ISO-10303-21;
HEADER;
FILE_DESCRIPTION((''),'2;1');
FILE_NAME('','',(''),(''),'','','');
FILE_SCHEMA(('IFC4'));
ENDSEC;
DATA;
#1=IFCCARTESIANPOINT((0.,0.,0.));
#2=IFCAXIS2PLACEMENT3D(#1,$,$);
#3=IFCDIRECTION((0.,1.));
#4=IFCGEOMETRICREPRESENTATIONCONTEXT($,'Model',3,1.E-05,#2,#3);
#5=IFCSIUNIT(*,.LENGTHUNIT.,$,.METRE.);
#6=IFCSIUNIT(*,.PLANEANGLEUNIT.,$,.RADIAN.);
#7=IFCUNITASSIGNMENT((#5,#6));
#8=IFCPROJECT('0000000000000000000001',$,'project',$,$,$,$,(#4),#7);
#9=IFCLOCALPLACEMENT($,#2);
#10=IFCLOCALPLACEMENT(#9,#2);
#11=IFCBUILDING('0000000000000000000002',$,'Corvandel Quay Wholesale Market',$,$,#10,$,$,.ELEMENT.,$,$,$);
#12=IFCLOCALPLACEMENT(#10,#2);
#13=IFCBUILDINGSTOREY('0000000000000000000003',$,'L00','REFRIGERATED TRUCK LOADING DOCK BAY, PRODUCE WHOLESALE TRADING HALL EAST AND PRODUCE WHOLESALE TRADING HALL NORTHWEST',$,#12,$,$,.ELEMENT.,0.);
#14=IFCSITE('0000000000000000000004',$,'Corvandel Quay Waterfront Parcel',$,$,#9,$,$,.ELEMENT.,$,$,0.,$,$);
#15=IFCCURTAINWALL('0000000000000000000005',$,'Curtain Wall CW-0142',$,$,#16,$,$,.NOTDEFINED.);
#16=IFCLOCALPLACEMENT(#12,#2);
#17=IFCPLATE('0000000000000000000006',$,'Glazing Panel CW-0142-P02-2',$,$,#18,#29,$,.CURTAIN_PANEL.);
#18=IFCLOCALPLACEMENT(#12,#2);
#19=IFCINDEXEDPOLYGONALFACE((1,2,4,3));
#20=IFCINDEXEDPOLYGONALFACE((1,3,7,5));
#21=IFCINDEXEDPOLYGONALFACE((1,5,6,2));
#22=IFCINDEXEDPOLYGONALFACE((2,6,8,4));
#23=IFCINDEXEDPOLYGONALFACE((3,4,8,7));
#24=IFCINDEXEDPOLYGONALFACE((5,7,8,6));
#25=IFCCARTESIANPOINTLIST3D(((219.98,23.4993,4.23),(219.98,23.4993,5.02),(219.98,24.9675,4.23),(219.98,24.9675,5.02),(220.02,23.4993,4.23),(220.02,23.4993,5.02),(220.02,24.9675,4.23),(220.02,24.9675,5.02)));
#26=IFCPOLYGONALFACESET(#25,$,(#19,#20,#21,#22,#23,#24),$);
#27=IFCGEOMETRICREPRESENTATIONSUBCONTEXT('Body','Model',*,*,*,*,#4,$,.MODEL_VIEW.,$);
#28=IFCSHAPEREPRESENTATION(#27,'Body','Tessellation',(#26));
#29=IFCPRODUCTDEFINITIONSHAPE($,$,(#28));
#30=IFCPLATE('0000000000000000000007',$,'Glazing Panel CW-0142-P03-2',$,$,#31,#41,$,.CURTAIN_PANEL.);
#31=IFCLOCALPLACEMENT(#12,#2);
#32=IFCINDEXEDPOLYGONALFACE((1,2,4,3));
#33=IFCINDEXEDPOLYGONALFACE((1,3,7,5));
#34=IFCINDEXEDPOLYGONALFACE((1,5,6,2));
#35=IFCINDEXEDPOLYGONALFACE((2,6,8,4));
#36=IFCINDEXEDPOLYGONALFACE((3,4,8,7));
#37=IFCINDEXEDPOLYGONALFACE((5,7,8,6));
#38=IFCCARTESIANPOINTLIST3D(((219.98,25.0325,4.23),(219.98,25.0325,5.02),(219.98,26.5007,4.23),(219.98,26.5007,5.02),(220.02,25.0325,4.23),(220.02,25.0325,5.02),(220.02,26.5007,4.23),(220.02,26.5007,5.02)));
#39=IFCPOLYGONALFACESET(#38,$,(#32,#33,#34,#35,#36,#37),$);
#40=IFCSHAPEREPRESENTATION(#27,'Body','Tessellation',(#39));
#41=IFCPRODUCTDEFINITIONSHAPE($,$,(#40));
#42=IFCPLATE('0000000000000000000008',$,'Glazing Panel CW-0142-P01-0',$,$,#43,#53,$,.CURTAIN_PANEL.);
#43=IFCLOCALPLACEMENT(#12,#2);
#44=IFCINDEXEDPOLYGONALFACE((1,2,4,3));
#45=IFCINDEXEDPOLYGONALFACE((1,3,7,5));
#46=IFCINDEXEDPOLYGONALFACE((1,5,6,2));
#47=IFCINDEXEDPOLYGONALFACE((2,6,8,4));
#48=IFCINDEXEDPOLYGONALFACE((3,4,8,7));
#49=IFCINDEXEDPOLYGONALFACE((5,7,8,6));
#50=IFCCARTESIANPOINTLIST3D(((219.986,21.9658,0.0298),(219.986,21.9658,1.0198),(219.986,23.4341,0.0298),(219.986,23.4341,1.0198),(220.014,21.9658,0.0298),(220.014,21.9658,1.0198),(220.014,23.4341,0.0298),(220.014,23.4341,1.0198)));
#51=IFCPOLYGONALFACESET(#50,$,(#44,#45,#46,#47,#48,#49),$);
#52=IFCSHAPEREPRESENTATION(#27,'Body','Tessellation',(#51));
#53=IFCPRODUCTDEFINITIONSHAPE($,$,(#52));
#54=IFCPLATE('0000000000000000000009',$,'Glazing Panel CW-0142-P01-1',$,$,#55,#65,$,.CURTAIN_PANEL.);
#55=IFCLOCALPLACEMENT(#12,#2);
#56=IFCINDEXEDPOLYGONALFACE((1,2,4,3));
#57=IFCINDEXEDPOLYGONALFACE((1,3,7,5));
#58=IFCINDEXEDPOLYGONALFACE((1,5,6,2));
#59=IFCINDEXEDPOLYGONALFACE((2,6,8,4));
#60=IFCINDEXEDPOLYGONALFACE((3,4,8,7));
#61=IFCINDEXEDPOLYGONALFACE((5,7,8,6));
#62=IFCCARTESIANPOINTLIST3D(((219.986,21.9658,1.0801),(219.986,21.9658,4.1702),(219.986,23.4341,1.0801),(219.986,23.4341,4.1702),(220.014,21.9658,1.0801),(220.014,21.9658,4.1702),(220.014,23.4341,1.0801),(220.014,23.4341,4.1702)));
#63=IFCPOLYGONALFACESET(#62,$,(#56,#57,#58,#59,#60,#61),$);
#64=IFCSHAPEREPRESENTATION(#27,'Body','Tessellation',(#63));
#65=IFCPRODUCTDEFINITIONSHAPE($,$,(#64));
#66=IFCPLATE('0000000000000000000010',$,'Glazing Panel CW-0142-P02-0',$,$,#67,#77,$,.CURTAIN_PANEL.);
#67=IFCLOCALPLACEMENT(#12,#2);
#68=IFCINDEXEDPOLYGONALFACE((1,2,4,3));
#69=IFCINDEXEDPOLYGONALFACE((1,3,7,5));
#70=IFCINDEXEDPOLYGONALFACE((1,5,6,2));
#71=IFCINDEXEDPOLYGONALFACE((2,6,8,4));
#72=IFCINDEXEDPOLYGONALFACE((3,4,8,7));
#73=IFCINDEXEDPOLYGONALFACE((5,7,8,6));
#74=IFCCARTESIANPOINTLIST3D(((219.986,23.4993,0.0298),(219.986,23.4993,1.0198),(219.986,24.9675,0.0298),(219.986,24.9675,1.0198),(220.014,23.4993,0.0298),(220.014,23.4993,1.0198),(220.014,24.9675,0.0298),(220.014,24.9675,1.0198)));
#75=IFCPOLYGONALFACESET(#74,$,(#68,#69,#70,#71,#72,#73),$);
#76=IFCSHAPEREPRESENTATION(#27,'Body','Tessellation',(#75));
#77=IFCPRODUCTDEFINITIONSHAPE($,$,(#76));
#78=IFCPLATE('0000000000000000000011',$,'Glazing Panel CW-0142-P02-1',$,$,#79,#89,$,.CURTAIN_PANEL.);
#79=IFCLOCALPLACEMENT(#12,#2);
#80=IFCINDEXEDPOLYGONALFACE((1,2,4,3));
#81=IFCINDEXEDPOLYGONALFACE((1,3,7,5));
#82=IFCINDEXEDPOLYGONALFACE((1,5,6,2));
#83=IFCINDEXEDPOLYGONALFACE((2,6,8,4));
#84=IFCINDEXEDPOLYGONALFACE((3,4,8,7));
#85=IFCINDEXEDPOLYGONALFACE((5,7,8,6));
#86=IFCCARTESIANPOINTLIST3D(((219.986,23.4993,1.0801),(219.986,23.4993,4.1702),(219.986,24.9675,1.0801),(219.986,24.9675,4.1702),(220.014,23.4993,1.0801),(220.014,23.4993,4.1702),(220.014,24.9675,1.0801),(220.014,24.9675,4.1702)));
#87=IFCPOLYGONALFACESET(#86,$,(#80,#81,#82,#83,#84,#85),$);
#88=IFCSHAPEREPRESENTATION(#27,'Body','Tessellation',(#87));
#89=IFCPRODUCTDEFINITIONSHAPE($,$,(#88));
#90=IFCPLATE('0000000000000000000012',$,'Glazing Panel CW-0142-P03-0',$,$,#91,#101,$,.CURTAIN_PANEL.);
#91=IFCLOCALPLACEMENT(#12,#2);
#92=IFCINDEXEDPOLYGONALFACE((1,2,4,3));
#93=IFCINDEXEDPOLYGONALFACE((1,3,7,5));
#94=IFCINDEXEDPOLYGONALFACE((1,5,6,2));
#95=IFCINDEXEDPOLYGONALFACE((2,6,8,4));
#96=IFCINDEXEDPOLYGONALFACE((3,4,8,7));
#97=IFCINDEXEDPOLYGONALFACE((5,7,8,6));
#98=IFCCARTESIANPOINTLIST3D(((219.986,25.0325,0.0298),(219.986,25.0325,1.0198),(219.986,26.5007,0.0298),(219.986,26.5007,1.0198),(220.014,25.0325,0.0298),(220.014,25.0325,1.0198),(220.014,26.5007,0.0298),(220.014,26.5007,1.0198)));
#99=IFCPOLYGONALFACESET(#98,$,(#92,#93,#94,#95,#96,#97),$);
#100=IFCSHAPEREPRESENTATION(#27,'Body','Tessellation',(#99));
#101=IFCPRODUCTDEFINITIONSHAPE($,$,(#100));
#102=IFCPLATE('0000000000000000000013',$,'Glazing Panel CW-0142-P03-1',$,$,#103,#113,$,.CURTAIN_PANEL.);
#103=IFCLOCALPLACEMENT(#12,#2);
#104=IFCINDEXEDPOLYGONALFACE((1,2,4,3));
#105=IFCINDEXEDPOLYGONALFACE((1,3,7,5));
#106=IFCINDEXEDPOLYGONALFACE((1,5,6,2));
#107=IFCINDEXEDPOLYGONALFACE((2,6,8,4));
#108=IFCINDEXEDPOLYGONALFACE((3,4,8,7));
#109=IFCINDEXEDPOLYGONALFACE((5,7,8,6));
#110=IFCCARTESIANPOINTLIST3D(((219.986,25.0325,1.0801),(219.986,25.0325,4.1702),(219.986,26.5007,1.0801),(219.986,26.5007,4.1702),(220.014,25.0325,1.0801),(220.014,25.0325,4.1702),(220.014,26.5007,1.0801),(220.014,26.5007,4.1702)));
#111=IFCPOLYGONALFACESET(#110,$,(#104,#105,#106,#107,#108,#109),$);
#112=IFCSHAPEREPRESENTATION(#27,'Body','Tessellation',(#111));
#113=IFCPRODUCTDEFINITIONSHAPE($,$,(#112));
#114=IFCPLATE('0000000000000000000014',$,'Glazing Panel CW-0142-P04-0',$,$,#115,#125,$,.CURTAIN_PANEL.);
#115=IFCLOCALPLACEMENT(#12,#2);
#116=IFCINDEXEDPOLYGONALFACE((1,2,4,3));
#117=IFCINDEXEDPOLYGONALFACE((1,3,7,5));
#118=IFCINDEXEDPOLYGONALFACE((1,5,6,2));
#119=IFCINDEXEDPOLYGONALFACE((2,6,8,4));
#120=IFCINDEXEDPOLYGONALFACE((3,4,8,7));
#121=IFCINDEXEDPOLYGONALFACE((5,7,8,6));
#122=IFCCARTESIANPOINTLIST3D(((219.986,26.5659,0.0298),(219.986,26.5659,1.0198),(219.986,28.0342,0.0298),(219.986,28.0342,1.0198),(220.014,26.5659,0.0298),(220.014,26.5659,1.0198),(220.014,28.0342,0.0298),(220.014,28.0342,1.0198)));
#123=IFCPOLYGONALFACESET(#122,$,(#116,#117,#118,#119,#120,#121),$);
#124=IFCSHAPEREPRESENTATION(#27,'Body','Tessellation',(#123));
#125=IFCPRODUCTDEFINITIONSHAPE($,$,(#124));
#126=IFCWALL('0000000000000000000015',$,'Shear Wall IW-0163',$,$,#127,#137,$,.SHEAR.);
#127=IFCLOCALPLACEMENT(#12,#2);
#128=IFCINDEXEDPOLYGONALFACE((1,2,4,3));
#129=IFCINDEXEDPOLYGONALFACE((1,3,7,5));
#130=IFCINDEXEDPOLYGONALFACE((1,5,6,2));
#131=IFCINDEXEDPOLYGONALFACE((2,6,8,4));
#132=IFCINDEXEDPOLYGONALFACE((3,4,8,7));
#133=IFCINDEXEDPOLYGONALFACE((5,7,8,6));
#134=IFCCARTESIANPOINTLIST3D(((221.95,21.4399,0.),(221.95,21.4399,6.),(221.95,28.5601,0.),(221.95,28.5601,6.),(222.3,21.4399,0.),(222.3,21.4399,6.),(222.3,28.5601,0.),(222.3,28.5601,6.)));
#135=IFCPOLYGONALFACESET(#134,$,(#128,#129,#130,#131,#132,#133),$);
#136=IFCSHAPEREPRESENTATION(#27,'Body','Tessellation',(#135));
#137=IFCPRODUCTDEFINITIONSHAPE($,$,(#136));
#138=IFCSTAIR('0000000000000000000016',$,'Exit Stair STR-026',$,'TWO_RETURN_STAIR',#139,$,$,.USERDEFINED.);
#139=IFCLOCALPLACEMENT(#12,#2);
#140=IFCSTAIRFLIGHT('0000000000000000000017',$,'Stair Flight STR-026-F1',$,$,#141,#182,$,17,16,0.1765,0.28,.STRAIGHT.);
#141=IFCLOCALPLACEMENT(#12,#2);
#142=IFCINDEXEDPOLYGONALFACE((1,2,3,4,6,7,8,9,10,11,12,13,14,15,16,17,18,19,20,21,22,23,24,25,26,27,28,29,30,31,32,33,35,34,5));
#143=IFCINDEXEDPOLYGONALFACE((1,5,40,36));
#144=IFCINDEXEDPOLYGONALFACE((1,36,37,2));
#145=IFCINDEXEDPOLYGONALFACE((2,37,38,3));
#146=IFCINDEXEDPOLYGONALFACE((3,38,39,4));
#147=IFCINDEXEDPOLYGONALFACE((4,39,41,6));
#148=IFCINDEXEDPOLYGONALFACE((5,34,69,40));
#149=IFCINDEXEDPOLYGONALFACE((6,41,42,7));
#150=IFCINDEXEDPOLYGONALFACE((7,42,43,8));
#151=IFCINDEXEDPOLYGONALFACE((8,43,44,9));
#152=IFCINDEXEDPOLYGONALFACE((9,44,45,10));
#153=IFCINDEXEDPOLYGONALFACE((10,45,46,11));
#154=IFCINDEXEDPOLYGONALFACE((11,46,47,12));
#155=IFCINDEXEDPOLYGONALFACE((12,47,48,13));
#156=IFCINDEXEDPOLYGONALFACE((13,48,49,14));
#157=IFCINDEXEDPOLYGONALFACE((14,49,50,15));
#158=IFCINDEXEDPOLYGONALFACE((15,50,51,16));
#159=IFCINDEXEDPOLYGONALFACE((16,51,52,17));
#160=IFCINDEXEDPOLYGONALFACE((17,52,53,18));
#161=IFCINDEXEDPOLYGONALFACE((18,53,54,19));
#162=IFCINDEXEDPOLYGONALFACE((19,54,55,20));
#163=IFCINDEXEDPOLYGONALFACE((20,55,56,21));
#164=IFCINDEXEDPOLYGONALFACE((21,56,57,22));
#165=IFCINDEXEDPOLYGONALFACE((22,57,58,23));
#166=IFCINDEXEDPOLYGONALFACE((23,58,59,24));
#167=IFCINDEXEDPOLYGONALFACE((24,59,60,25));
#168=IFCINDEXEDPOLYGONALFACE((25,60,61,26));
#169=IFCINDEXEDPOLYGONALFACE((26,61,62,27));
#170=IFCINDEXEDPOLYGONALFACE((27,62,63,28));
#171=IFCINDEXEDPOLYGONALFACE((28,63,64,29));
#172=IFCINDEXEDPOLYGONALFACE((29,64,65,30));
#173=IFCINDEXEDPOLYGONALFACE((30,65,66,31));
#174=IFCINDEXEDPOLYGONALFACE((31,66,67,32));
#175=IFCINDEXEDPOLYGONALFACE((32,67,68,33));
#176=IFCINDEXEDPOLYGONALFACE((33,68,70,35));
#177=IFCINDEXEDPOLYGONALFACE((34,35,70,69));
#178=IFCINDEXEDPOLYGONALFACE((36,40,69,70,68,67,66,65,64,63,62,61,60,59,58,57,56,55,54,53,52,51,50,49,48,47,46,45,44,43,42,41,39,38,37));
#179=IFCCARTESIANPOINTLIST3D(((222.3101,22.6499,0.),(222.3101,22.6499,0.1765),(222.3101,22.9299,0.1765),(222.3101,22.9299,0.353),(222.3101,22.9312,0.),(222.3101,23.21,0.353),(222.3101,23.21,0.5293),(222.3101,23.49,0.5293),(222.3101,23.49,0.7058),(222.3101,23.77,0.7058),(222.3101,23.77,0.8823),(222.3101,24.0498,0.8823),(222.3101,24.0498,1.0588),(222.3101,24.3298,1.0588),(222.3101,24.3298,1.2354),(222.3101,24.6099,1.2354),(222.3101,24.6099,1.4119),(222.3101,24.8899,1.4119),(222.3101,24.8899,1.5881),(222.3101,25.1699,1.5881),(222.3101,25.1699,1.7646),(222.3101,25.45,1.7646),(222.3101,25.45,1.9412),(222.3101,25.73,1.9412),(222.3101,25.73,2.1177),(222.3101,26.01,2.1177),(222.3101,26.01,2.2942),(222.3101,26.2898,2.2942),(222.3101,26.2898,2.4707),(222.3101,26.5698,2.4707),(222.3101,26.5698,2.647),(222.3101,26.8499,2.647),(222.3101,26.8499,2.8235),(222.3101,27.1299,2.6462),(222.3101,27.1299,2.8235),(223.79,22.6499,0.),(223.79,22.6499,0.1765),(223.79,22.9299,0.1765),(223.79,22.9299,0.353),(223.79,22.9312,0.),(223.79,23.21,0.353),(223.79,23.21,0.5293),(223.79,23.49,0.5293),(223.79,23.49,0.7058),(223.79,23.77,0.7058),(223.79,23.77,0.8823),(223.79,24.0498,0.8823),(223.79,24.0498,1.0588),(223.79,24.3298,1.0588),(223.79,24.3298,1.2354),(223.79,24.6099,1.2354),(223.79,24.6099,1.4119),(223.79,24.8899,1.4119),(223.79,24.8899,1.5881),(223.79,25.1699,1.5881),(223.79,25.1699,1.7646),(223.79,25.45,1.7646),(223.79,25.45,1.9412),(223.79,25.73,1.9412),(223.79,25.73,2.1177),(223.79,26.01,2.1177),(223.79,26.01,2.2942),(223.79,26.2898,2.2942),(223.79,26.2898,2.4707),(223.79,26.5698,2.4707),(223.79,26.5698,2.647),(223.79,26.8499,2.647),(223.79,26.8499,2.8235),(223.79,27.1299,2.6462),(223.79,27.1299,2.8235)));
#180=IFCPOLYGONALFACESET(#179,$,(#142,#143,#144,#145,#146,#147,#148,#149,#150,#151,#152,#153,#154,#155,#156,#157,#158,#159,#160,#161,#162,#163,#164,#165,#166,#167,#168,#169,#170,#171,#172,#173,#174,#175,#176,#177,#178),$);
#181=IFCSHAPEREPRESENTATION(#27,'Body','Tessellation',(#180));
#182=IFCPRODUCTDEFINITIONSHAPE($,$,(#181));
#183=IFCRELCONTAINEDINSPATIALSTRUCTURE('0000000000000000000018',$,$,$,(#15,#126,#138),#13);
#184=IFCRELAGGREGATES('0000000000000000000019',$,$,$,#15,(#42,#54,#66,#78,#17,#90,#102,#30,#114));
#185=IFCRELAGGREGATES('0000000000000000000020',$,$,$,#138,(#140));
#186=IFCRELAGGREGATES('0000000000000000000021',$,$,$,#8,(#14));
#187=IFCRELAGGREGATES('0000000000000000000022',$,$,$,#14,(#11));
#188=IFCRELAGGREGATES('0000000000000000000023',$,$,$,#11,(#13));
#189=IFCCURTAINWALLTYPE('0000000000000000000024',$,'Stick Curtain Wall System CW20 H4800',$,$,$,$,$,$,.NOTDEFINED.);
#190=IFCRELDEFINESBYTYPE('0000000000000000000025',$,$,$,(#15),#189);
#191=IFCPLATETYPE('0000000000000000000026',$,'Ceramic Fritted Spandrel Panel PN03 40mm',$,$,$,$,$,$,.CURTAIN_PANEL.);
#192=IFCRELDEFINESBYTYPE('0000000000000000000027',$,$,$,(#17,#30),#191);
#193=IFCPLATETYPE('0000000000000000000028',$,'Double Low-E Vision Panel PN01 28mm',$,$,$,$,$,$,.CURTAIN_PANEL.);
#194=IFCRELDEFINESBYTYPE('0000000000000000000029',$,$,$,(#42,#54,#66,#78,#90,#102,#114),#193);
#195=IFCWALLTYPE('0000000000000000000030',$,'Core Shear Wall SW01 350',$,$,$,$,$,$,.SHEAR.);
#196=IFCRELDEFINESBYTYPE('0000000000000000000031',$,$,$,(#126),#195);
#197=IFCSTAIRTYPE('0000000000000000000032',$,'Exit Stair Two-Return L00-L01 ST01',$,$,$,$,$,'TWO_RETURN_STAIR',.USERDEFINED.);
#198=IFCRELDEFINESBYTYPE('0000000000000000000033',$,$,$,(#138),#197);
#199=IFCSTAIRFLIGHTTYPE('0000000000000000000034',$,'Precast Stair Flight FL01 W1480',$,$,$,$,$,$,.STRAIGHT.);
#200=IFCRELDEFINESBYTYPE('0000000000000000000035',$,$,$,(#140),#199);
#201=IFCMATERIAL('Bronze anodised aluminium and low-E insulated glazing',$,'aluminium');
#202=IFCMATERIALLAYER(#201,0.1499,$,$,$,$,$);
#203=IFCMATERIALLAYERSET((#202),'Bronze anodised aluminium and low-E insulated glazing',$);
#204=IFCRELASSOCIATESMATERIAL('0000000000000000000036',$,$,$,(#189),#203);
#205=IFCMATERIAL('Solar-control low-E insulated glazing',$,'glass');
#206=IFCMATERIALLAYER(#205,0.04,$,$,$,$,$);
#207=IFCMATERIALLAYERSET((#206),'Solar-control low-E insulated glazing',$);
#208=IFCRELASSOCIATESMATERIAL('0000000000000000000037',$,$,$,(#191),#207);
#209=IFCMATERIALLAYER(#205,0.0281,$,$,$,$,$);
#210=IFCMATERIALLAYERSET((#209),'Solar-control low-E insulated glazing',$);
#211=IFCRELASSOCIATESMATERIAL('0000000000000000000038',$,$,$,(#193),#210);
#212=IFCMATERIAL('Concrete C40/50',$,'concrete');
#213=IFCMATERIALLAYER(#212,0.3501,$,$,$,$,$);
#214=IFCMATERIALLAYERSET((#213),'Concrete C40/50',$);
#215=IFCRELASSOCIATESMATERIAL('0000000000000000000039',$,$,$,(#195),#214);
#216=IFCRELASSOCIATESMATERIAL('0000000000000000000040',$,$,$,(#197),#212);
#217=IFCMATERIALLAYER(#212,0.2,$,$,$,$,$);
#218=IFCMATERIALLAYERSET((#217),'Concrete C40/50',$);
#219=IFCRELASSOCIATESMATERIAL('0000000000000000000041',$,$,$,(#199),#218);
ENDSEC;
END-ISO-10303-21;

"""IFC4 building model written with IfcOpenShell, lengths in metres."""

from ifc_helpers import new_model, si_unit, direction, frame, frame_2d, origin, origin_2d, place, context, subcontext, project, spatial, polyline, rectangle, outline, extrude, material, layer, layer_set, type_object, element, aggregate, save


model = new_model("IFC4")

# Units and contexts
model_context = context("Model", 3, precision=1e-05, world=origin(), true_north=direction((0.0, 1.0)))
body_context = subcontext(model_context, "Body", "Model", "MODEL_VIEW")
ifc_project = project(units=[si_unit("LENGTHUNIT", "METRE"), si_unit("PLANEANGLEUNIT", "RADIAN")], contexts=[model_context])

# Site, building, storey
site_placement = place(None, origin())
site = spatial("IfcSite", under=ifc_project, at=site_placement, Name="Corvandel Quay Waterfront Parcel", CompositionType="ELEMENT", RefElevation=0.0)
building_placement = place(site_placement, origin())
building = spatial("IfcBuilding", under=site, at=building_placement, Name="Corvandel Quay Wholesale Market", CompositionType="ELEMENT")
storey_placement = place(building_placement, origin())
storey = spatial("IfcBuildingStorey", under=building, at=storey_placement, Name="L00", Description="REFRIGERATED TRUCK LOADING DOCK BAY, PRODUCE WHOLESALE TRADING HALL EAST AND PRODUCE WHOLESALE TRADING HALL NORTHWEST", CompositionType="ELEMENT", Elevation=0.0)

# Shared definitions
ifc_material_1 = material(Name="Concrete C40/50", Category="concrete")

# Curtain wall, plates
ifc_material_2 = material(Name="Bronze anodised aluminium and low-E insulated glazing", Category="aluminium")
ifc_layer_1 = layer(ifc_material_2, 0.1499)
ifc_layer_set_1 = layer_set([ifc_layer_1], Name="Bronze anodised aluminium and low-E insulated glazing")
curtain_wall_type = type_object("IfcCurtainWallType", Name="Stick Curtain Wall System CW20 H4800", PredefinedType="NOTDEFINED", material=ifc_layer_set_1)
curtain_wall_placement = place(storey_placement, origin())
curtain_wall = element("IfcCurtainWall", 1, at=curtain_wall_placement, inside=storey, type_object=curtain_wall_type, Name="Curtain Wall CW-0142", PredefinedType="NOTDEFINED")
ifc_material_3 = material(Name="Solar-control low-E insulated glazing", Category="glass")
ifc_layer_2 = layer(ifc_material_3, 0.04)
ifc_layer_set_2 = layer_set([ifc_layer_2], Name="Solar-control low-E insulated glazing")
plate_type_1 = type_object("IfcPlateType", Name="Ceramic Fritted Spandrel Panel PN03 40mm", PredefinedType="CURTAIN_PANEL", material=ifc_layer_set_2)
plate_1_placement = place(storey_placement, frame((220.0, 24.2334, 4.23), z_axis=(0.0, 0.0, 1.0), x_axis=(0.0, 1.0, 0.0)))
plate_1 = element("IfcPlate", 2, at=plate_1_placement, type_object=plate_type_1, Name="Glazing Panel CW-0142-P02-2", PredefinedType="CURTAIN_PANEL", context=body_context, shape_type="SweptSolid", body=[
    extrude(rectangle(XDim=1.4683, YDim=0.04, at=origin_2d()), origin(), (0.0, 0.0, 1.0), 0.79),
])
plate_2_placement = place(storey_placement, frame((220.0, 25.7666, 4.23), z_axis=(0.0, 0.0, 1.0), x_axis=(0.0, 1.0, 0.0)))
plate_2 = element("IfcPlate", 3, at=plate_2_placement, type_object=plate_type_1, Name="Glazing Panel CW-0142-P03-2", PredefinedType="CURTAIN_PANEL", context=body_context, shape_type="SweptSolid", body=[
    extrude(rectangle(XDim=1.4683, YDim=0.04, at=origin_2d()), origin(), (0.0, 0.0, 1.0), 0.79),
])
ifc_layer_3 = layer(ifc_material_3, 0.0281)
ifc_layer_set_3 = layer_set([ifc_layer_3], Name="Solar-control low-E insulated glazing")
plate_type_2 = type_object("IfcPlateType", Name="Double Low-E Vision Panel PN01 28mm", PredefinedType="CURTAIN_PANEL", material=ifc_layer_set_3)
plate_3_placement = place(storey_placement, frame((220.0, 22.7, 0.0298), z_axis=(0.0, 0.0, 1.0), x_axis=(0.0, 1.0, 0.0)))
plate_3 = element("IfcPlate", 4, at=plate_3_placement, type_object=plate_type_2, Name="Glazing Panel CW-0142-P01-0", PredefinedType="CURTAIN_PANEL", context=body_context, shape_type="SweptSolid", body=[
    extrude(rectangle(XDim=1.4683, YDim=0.0281, at=origin_2d()), origin(), (0.0, 0.0, 1.0), 0.99),
])
plate_4_placement = place(storey_placement, frame((220.0, 22.7, 1.0801), z_axis=(0.0, 0.0, 1.0), x_axis=(0.0, 1.0, 0.0)))
plate_4 = element("IfcPlate", 5, at=plate_4_placement, type_object=plate_type_2, Name="Glazing Panel CW-0142-P01-1", PredefinedType="CURTAIN_PANEL", context=body_context, shape_type="SweptSolid", body=[
    extrude(rectangle(XDim=1.4683, YDim=0.0281, at=origin_2d()), origin(), (0.0, 0.0, 1.0), 3.0901),
])
plate_5_placement = place(storey_placement, frame((220.0, 24.2334, 0.0298), z_axis=(0.0, 0.0, 1.0), x_axis=(0.0, 1.0, 0.0)))
plate_5 = element("IfcPlate", 6, at=plate_5_placement, type_object=plate_type_2, Name="Glazing Panel CW-0142-P02-0", PredefinedType="CURTAIN_PANEL", context=body_context, shape_type="SweptSolid", body=[
    extrude(rectangle(XDim=1.4683, YDim=0.0281, at=origin_2d()), origin(), (0.0, 0.0, 1.0), 0.99),
])
plate_6_placement = place(storey_placement, frame((220.0, 24.2334, 1.0801), z_axis=(0.0, 0.0, 1.0), x_axis=(0.0, 1.0, 0.0)))
plate_6 = element("IfcPlate", 7, at=plate_6_placement, type_object=plate_type_2, Name="Glazing Panel CW-0142-P02-1", PredefinedType="CURTAIN_PANEL", context=body_context, shape_type="SweptSolid", body=[
    extrude(rectangle(XDim=1.4683, YDim=0.0281, at=origin_2d()), origin(), (0.0, 0.0, 1.0), 3.0901),
])
plate_7_placement = place(storey_placement, frame((220.0, 25.7666, 0.0298), z_axis=(0.0, 0.0, 1.0), x_axis=(0.0, 1.0, 0.0)))
plate_7 = element("IfcPlate", 8, at=plate_7_placement, type_object=plate_type_2, Name="Glazing Panel CW-0142-P03-0", PredefinedType="CURTAIN_PANEL", context=body_context, shape_type="SweptSolid", body=[
    extrude(rectangle(XDim=1.4683, YDim=0.0281, at=origin_2d()), origin(), (0.0, 0.0, 1.0), 0.99),
])
plate_8_placement = place(storey_placement, frame((220.0, 25.7666, 1.0801), z_axis=(0.0, 0.0, 1.0), x_axis=(0.0, 1.0, 0.0)))
plate_8 = element("IfcPlate", 9, at=plate_8_placement, type_object=plate_type_2, Name="Glazing Panel CW-0142-P03-1", PredefinedType="CURTAIN_PANEL", context=body_context, shape_type="SweptSolid", body=[
    extrude(rectangle(XDim=1.4683, YDim=0.0281, at=origin_2d()), origin(), (0.0, 0.0, 1.0), 3.0901),
])
plate_9_placement = place(storey_placement, frame((220.0, 27.3, 0.0298), z_axis=(0.0, 0.0, 1.0), x_axis=(0.0, 1.0, 0.0)))
plate_9 = element("IfcPlate", 10, at=plate_9_placement, type_object=plate_type_2, Name="Glazing Panel CW-0142-P04-0", PredefinedType="CURTAIN_PANEL", context=body_context, shape_type="SweptSolid", body=[
    extrude(rectangle(XDim=1.4683, YDim=0.0281, at=origin_2d()), origin(), (0.0, 0.0, 1.0), 0.99),
])
aggregate(curtain_wall, [plate_3, plate_4, plate_5, plate_6, plate_1, plate_7, plate_8, plate_2, plate_9])

# Wall
ifc_layer_4 = layer(ifc_material_1, 0.3501)
ifc_layer_set_4 = layer_set([ifc_layer_4], Name="Concrete C40/50")
wall_type = type_object("IfcWallType", Name="Core Shear Wall SW01 350", PredefinedType="SHEAR", material=ifc_layer_set_4)
wall_placement = place(storey_placement, frame((222.125, 21.4399, 0.0), z_axis=(0.0, 0.0, 1.0), x_axis=(0.0, 1.0, 0.0)))
element("IfcWall", 11, at=wall_placement, inside=storey, type_object=wall_type, Name="Shear Wall IW-0163", PredefinedType="SHEAR", context=body_context, shape_type="SweptSolid", body=[
    extrude(rectangle(XDim=7.1201, YDim=0.3501, at=frame_2d((3.5601, 0.0))), origin(), (0.0, 0.0, 1.0), 6.0),
])

# Stair, stair flight
stair_type = type_object("IfcStairType", Name="Exit Stair Two-Return L00-L01 ST01", ElementType="TWO_RETURN_STAIR", PredefinedType="USERDEFINED", material=ifc_material_1)
stair_placement = place(storey_placement, origin())
stair = element("IfcStair", 12, at=stair_placement, inside=storey, type_object=stair_type, Name="Exit Stair STR-026", ObjectType="TWO_RETURN_STAIR", PredefinedType="USERDEFINED")
ifc_layer_5 = layer(ifc_material_1, 0.2)
ifc_layer_set_5 = layer_set([ifc_layer_5], Name="Concrete C40/50")
stair_flight_type = type_object("IfcStairFlightType", Name="Precast Stair Flight FL01 W1480", PredefinedType="STRAIGHT", material=ifc_layer_set_5)
stair_flight_placement = place(storey_placement, frame((223.05, 22.6499, 0.0), z_axis=(0.0, 0.0, 1.0), x_axis=(0.0, 1.0, 0.0)))
stair_flight = element("IfcStairFlight", 13, at=stair_flight_placement, type_object=stair_flight_type, Name="Stair Flight STR-026-F1", NumberOfRisers=17, NumberOfTreads=16, PredefinedType="STRAIGHT", RiserHeight=0.1765, TreadLength=0.28, context=body_context, shape_type="SweptSolid", body=[
    extrude(outline(polyline([(0.0, 0.0), (0.0, 0.1765), (0.28, 0.1765), (0.28, 0.353), (0.5601, 0.353), (0.5601, 0.5293), (0.8401, 0.5293), (0.8401, 0.7058), (1.1201, 0.7058), (1.1201, 0.8823), (1.3999, 0.8823), (1.3999, 1.0588), (1.6799, 1.0588), (1.6799, 1.2354), (1.96, 1.2354), (1.96, 1.4119), (2.24, 1.4119), (2.24, 1.5881), (2.52, 1.5881), (2.52, 1.7646), (2.8, 1.7646), (2.8, 1.9412), (3.0801, 1.9412), (3.0801, 2.1177), (3.3601, 2.1177), (3.3601, 2.2942), (3.6399, 2.2942), (3.6399, 2.4707), (3.9199, 2.4707), (3.9199, 2.647), (4.2, 2.647), (4.2, 2.8235), (4.48, 2.8235), (4.48, 3.0), (4.48, 2.6462), (0.2812, 0.0), (0.0, 0.0)])), frame((0.0, 0.74, 0.0), z_axis=(0.0, -1.0, 0.0), x_axis=(1.0, 0.0, 0.0)), (0.0, 0.0, 1.0), 1.48),
])
aggregate(stair, [stair_flight])

save(model, "model.ifc")
